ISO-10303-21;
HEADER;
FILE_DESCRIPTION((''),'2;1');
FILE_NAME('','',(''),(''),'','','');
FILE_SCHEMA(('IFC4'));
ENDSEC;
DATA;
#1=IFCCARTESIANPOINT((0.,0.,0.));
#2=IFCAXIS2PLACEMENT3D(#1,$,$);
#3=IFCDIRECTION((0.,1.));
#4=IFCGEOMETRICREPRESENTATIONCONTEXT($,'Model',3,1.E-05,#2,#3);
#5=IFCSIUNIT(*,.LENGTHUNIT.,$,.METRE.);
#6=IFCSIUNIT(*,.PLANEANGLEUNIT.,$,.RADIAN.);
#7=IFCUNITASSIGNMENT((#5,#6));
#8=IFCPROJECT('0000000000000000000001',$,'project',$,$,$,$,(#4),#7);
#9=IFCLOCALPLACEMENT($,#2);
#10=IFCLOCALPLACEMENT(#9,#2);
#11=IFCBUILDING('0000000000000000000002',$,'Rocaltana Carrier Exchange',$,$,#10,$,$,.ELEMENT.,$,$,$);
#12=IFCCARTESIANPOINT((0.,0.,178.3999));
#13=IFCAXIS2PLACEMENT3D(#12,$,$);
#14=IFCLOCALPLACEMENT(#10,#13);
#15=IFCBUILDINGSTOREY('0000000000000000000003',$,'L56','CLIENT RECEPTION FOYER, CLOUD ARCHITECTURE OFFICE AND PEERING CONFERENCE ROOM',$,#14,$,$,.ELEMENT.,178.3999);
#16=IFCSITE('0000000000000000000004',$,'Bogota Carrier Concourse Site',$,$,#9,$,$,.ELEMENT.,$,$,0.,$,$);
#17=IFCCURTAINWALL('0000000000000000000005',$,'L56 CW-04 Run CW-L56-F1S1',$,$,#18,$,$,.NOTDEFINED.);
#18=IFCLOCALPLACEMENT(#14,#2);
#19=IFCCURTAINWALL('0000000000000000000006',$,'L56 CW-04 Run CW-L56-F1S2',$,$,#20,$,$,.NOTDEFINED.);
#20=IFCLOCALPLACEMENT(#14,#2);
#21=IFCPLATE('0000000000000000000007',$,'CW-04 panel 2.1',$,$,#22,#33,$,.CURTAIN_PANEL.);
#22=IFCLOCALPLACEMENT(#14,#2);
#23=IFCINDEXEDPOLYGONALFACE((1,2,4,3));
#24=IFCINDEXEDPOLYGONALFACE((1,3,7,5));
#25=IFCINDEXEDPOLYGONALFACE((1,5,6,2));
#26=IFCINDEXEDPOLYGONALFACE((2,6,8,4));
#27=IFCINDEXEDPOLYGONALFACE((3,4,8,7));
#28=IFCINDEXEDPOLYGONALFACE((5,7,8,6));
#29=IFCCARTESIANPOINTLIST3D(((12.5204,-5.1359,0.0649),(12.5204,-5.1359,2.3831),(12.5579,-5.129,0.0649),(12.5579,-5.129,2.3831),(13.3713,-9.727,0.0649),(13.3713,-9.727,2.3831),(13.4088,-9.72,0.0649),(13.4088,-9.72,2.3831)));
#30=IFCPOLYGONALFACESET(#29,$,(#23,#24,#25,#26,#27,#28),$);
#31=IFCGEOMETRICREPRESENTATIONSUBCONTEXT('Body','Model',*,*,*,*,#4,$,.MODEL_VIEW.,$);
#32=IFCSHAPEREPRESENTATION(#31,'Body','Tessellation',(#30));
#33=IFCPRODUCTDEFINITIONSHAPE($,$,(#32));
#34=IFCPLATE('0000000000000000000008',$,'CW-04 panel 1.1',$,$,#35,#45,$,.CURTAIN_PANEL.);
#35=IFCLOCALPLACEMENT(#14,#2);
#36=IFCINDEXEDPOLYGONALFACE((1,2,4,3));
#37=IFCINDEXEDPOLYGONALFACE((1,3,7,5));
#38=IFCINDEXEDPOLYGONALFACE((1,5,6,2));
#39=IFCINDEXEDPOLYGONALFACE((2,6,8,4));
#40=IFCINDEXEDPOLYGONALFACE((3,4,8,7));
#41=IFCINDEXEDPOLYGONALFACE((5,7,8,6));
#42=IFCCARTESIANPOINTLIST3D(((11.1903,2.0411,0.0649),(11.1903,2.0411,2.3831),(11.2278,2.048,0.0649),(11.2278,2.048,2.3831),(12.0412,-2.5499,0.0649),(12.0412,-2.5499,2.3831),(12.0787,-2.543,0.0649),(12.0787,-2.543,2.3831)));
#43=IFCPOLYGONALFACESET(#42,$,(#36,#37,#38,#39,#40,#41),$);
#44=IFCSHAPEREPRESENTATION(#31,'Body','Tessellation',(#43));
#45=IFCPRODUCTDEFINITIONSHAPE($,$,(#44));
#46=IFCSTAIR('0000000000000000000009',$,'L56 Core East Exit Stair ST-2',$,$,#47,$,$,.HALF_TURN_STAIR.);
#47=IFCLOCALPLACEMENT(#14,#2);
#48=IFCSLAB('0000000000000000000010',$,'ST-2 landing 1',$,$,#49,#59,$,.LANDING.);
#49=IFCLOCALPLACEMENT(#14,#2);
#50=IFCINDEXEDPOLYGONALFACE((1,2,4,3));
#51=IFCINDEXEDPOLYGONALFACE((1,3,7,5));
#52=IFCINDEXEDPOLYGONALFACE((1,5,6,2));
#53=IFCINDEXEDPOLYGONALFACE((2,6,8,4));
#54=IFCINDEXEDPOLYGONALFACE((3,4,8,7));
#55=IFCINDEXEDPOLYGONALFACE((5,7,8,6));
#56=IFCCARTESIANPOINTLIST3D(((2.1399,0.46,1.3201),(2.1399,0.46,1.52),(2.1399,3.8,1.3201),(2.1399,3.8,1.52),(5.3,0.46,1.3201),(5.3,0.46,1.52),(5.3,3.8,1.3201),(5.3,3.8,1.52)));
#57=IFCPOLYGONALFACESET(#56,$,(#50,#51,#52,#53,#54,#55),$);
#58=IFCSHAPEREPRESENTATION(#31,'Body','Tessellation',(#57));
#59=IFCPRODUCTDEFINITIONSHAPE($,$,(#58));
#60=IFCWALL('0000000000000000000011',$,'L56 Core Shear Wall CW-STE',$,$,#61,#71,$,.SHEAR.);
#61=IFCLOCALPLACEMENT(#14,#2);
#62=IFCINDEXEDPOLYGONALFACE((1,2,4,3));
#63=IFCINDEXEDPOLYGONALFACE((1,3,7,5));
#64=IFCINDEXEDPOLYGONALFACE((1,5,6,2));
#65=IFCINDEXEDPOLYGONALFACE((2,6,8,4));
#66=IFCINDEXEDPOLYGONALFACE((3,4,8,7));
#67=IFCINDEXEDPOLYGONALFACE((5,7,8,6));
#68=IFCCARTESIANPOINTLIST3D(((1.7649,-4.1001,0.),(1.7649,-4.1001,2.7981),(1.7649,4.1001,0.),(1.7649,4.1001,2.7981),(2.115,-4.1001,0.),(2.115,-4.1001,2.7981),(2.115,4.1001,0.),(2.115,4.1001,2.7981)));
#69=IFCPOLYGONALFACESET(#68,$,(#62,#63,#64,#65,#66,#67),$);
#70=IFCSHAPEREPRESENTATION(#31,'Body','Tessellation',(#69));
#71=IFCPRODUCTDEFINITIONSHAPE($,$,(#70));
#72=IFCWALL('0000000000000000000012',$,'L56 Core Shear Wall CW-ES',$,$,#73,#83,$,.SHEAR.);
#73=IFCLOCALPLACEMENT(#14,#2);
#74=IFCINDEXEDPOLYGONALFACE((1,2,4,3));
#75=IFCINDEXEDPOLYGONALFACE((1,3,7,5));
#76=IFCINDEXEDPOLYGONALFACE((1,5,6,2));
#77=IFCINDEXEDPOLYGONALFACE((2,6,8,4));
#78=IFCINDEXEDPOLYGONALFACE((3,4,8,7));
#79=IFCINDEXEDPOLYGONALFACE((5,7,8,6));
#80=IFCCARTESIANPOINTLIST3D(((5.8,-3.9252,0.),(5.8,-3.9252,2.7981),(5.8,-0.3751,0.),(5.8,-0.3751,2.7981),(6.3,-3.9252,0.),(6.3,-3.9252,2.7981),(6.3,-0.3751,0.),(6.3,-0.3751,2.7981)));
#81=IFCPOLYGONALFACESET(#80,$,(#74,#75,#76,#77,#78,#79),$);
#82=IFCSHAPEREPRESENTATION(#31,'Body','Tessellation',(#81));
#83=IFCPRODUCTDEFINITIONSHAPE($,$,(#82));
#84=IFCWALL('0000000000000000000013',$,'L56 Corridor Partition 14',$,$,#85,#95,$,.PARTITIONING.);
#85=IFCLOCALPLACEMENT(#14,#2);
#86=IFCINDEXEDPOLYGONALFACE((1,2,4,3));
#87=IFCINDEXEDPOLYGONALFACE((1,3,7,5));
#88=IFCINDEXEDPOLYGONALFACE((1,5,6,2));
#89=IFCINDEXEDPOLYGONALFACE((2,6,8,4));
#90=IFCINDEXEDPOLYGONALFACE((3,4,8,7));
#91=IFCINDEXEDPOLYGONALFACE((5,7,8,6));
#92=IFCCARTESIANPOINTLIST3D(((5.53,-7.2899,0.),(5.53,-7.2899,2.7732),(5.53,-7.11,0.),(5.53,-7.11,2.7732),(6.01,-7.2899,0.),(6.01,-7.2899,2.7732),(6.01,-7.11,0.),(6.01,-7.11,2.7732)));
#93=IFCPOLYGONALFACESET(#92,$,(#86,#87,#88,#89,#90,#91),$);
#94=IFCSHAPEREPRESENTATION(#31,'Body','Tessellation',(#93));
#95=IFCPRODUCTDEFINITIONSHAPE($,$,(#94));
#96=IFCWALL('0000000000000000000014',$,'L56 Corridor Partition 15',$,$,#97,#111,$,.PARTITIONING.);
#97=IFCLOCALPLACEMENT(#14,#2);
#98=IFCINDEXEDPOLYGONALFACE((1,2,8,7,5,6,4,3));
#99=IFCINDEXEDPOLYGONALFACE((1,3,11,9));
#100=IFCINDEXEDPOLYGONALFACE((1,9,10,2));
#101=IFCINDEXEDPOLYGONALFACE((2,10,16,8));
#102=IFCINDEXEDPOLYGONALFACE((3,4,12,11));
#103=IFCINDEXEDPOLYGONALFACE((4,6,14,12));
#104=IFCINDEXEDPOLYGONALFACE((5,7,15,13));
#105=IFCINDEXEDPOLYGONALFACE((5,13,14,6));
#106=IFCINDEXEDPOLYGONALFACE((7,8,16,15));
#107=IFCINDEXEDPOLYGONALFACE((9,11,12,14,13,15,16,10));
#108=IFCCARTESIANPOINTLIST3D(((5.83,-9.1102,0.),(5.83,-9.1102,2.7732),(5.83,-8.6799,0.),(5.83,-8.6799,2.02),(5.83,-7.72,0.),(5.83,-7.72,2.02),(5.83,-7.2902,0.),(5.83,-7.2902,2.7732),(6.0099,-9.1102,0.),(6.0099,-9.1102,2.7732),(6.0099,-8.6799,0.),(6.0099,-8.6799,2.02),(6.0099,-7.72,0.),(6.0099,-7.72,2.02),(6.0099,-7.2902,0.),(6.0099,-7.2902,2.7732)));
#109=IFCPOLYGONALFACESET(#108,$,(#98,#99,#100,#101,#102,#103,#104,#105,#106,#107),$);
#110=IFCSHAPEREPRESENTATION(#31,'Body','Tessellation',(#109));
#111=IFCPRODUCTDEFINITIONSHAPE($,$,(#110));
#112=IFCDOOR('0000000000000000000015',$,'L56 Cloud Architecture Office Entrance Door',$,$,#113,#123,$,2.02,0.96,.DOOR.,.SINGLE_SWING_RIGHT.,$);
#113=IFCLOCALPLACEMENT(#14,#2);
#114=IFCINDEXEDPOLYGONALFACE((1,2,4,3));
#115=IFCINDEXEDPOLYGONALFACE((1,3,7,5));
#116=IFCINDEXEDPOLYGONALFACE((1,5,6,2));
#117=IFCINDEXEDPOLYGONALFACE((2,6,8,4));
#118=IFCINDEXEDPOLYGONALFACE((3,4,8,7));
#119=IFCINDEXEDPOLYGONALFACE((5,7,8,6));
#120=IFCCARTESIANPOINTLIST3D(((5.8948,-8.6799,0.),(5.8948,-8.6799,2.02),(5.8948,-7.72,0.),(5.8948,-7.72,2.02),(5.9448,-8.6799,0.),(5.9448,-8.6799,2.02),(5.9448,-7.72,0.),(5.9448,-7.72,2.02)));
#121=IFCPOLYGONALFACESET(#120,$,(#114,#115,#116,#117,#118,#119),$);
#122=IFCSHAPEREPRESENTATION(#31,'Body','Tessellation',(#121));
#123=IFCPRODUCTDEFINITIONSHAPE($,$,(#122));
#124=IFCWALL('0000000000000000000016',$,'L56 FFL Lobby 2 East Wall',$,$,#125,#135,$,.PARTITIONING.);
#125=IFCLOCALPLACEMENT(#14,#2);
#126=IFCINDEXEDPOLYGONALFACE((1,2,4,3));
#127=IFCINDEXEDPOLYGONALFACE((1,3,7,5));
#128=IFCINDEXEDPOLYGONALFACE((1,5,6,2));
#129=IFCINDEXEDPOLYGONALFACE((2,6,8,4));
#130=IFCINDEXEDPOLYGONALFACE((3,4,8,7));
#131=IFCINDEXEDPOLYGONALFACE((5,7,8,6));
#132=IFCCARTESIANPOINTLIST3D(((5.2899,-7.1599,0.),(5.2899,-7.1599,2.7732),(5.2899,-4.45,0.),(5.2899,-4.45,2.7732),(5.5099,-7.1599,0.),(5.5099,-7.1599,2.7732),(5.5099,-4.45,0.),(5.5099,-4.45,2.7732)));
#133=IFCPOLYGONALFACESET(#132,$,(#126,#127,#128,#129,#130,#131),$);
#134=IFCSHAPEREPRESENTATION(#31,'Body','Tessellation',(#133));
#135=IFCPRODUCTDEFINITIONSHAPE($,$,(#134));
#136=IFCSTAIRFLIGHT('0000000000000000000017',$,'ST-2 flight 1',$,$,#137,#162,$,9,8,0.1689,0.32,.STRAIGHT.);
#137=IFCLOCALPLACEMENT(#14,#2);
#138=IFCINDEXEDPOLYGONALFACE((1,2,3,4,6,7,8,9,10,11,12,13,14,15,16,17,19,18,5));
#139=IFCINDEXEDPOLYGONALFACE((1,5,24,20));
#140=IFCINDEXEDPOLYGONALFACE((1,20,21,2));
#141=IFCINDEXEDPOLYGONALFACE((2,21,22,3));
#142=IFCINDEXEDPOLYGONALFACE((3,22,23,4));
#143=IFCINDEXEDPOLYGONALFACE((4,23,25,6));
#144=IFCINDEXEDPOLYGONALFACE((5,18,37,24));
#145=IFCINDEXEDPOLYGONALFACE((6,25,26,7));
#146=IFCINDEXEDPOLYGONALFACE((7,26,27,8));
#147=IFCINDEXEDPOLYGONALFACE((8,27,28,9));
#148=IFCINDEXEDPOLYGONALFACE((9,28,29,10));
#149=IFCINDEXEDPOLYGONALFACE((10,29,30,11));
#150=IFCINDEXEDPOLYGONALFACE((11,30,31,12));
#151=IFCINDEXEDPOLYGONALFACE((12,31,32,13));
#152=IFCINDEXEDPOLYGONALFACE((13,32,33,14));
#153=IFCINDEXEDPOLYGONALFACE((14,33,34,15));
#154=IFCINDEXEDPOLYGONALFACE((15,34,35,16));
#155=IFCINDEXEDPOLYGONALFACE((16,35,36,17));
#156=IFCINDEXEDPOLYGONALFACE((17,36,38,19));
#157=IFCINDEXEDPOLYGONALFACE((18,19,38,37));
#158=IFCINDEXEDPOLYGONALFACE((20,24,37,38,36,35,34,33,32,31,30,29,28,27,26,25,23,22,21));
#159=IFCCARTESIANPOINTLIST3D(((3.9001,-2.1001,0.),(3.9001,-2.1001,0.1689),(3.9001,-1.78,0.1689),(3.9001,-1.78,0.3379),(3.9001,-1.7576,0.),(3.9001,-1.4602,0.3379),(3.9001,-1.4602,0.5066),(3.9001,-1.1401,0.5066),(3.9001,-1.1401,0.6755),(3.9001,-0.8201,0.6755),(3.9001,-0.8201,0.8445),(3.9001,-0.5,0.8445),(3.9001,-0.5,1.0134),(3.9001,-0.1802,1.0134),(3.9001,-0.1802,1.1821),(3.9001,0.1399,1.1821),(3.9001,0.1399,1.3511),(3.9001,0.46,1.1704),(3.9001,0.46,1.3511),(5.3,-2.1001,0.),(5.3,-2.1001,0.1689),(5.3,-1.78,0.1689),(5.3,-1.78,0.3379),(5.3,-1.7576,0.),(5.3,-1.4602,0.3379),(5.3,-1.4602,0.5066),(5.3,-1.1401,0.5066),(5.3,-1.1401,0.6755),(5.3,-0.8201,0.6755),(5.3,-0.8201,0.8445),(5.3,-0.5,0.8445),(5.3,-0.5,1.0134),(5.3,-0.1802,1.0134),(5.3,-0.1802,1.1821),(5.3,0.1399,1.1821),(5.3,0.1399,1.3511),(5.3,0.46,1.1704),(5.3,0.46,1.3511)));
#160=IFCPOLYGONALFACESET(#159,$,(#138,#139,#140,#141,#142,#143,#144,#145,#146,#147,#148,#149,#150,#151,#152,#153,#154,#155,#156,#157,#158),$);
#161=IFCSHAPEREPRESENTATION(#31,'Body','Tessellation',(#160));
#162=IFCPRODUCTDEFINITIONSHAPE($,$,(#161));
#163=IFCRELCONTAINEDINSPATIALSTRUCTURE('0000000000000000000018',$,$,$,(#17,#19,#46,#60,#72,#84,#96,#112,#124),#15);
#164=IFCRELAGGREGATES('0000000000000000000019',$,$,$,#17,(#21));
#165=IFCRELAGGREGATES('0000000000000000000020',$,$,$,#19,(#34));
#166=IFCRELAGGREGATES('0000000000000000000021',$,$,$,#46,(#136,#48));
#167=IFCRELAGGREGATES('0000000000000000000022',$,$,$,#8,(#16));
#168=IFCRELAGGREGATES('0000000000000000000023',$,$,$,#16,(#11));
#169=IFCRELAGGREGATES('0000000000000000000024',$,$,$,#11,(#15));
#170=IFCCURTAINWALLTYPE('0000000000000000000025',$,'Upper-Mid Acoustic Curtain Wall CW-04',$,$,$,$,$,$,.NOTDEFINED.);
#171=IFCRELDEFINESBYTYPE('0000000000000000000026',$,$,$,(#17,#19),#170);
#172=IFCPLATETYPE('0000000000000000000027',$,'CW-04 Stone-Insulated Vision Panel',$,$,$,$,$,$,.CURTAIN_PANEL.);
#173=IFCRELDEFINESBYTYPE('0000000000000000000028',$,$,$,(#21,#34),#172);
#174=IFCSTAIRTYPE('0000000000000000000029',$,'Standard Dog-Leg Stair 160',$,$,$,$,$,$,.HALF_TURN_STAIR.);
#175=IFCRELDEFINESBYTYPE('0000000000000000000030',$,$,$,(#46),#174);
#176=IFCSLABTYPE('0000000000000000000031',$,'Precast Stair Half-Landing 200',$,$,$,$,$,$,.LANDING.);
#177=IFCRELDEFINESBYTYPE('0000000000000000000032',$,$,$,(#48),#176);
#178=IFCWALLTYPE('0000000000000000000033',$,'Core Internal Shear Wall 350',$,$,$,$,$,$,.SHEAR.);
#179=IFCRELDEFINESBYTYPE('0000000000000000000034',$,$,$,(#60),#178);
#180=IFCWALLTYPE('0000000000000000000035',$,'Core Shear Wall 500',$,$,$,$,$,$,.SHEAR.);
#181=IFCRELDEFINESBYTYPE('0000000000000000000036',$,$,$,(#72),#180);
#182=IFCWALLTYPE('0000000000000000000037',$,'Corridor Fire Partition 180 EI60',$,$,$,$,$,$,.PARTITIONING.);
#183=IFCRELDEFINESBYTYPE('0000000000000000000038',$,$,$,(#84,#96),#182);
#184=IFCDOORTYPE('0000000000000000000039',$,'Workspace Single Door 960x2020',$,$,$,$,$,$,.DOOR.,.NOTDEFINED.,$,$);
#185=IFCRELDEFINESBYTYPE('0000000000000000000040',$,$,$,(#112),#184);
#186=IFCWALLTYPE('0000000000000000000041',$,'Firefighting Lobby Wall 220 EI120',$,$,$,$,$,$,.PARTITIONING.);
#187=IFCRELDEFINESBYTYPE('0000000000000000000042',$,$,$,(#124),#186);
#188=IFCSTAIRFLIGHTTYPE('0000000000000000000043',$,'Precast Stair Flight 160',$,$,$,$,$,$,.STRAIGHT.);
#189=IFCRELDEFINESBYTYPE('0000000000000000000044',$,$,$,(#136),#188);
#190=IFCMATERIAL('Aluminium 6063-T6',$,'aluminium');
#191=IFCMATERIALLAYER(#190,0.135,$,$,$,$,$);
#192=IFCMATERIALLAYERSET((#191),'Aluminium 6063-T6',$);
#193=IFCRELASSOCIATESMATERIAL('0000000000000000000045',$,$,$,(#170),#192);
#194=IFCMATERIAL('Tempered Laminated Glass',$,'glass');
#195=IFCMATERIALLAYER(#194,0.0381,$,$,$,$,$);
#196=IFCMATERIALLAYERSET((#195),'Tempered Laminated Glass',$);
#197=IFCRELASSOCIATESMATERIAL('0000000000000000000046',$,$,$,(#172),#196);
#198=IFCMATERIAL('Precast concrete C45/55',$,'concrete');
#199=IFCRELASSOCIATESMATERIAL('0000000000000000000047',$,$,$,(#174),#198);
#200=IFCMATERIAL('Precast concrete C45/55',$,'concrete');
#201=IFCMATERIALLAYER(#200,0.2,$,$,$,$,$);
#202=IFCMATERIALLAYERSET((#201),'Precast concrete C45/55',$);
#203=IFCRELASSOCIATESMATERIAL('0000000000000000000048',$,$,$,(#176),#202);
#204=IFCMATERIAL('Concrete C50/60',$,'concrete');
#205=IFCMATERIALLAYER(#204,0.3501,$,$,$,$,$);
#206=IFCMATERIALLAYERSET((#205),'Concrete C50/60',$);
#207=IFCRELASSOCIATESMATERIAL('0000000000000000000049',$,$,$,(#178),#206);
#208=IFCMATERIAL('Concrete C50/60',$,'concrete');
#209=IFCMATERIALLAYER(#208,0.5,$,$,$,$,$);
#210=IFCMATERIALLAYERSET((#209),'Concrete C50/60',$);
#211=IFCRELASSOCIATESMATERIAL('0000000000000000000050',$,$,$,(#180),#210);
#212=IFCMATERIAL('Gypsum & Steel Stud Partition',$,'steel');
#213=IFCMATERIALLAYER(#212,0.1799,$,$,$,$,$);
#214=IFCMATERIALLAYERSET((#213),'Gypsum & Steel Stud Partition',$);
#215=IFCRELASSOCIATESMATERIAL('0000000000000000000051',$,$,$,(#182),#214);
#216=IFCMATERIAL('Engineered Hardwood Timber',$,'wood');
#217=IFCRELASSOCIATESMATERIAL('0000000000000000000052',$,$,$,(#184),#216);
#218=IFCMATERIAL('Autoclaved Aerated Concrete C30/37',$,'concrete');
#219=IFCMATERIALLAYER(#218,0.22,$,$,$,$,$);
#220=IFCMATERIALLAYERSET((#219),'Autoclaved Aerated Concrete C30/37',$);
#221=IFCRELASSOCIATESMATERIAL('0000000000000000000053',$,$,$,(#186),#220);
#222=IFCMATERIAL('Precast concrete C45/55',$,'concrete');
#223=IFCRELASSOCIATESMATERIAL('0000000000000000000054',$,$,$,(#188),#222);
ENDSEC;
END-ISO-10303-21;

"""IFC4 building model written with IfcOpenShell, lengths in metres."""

from ifc_helpers import new_model, si_unit, direction, frame, frame_2d, origin, origin_2d, place, context, subcontext, project, spatial, polyline, rectangle, outline, extrude, material, layer, layer_set, type_object, element, fill, aggregate, save


model = new_model("IFC4")

# Units and contexts
model_context = context("Model", 3, precision=1e-05, world=origin(), true_north=direction((0.0, 1.0)))
body_context = subcontext(model_context, "Body", "Model", "MODEL_VIEW")
ifc_project = project(units=[si_unit("LENGTHUNIT", "METRE"), si_unit("PLANEANGLEUNIT", "RADIAN")], contexts=[model_context])

# Site, building, storey
site_placement = place(None, origin())
site = spatial("IfcSite", under=ifc_project, at=site_placement, Name="Bogota Carrier Concourse Site", CompositionType="ELEMENT", RefElevation=0.0)
building_placement = place(site_placement, origin())
building = spatial("IfcBuilding", under=site, at=building_placement, Name="Rocaltana Carrier Exchange", CompositionType="ELEMENT")
storey_placement = place(building_placement, frame((0.0, 0.0, 178.3999)))
storey = spatial("IfcBuildingStorey", under=building, at=storey_placement, Name="L56", Description="CLIENT RECEPTION FOYER, CLOUD ARCHITECTURE OFFICE AND PEERING CONFERENCE ROOM", CompositionType="ELEMENT", Elevation=178.3999)

# Curtain wall
ifc_material_1 = material(Name="Aluminium 6063-T6", Category="aluminium")
ifc_layer_1 = layer(ifc_material_1, 0.135)
ifc_layer_set_1 = layer_set([ifc_layer_1], Name="Aluminium 6063-T6")
curtain_wall_type = type_object("IfcCurtainWallType", Name="Upper-Mid Acoustic Curtain Wall CW-04", PredefinedType="NOTDEFINED", material=ifc_layer_set_1)
curtain_wall_1_placement = place(storey_placement, origin())
curtain_wall_1 = element("IfcCurtainWall", 1, at=curtain_wall_1_placement, inside=storey, type_object=curtain_wall_type, Name="L56 CW-04 Run CW-L56-F1S1", PredefinedType="NOTDEFINED")

# Curtain wall
curtain_wall_2_placement = place(storey_placement, origin())
curtain_wall_2 = element("IfcCurtainWall", 2, at=curtain_wall_2_placement, inside=storey, type_object=curtain_wall_type, Name="L56 CW-04 Run CW-L56-F1S2", PredefinedType="NOTDEFINED")

# Plates
ifc_material_2 = material(Name="Tempered Laminated Glass", Category="glass")
ifc_layer_2 = layer(ifc_material_2, 0.0381)
ifc_layer_set_2 = layer_set([ifc_layer_2], Name="Tempered Laminated Glass")
plate_type = type_object("IfcPlateType", Name="CW-04 Stone-Insulated Vision Panel", PredefinedType="CURTAIN_PANEL", material=ifc_layer_set_2)
plate_1_placement = place(storey_placement, frame((12.9646, -7.428, 0.0649), z_axis=(0.0, 0.0, 1.0), x_axis=(-0.182234, 0.983255, 0.0)))
plate_1 = element("IfcPlate", 3, at=plate_1_placement, type_object=plate_type, Name="CW-04 panel 2.1", PredefinedType="CURTAIN_PANEL", context=body_context, shape_type="SweptSolid", body=[
    extrude(rectangle(XDim=4.6692, YDim=0.0381, at=origin_2d()), origin(), (0.0, 0.0, 1.0), 2.3181),
])
aggregate(curtain_wall_1, [plate_1])
plate_2_placement = place(storey_placement, frame((11.6345, -0.251, 0.0649), z_axis=(0.0, 0.0, 1.0), x_axis=(-0.182236, 0.983255, 0.0)))
plate_2 = element("IfcPlate", 4, at=plate_2_placement, type_object=plate_type, Name="CW-04 panel 1.1", PredefinedType="CURTAIN_PANEL", context=body_context, shape_type="SweptSolid", body=[
    extrude(rectangle(XDim=4.6692, YDim=0.0381, at=origin_2d()), origin(), (0.0, 0.0, 1.0), 2.3181),
])
aggregate(curtain_wall_2, [plate_2])

# Stair, slab
ifc_material_3 = material(Name="Precast concrete C45/55", Category="concrete")
stair_type = type_object("IfcStairType", Name="Standard Dog-Leg Stair 160", PredefinedType="HALF_TURN_STAIR", material=ifc_material_3)
stair_placement = place(storey_placement, origin())
stair = element("IfcStair", 5, at=stair_placement, inside=storey, type_object=stair_type, Name="L56 Core East Exit Stair ST-2", PredefinedType="HALF_TURN_STAIR")
ifc_material_4 = material(Name="Precast concrete C45/55", Category="concrete")
ifc_layer_3 = layer(ifc_material_4, 0.2)
ifc_layer_set_3 = layer_set([ifc_layer_3], Name="Precast concrete C45/55")
slab_type = type_object("IfcSlabType", Name="Precast Stair Half-Landing 200", PredefinedType="LANDING", material=ifc_layer_set_3)
slab_placement = place(storey_placement, frame((0.0, 0.0, 1.3201)))
slab = element("IfcSlab", 6, at=slab_placement, type_object=slab_type, Name="ST-2 landing 1", PredefinedType="LANDING", context=body_context, shape_type="SweptSolid", body=[
    extrude(outline(polyline([(5.3, 0.46), (5.3, 3.8), (2.1399, 3.8), (2.1399, 0.46), (5.3, 0.46)])), origin(), (0.0, 0.0, 1.0), 0.2),
])

# Walls
ifc_material_5 = material(Name="Concrete C50/60", Category="concrete")
ifc_layer_4 = layer(ifc_material_5, 0.3501)
ifc_layer_set_4 = layer_set([ifc_layer_4], Name="Concrete C50/60")
wall_type_1 = type_object("IfcWallType", Name="Core Internal Shear Wall 350", PredefinedType="SHEAR", material=ifc_layer_set_4)
wall_1_placement = place(storey_placement, frame((1.9399, -4.1001, 0.0), z_axis=(0.0, 0.0, 1.0), x_axis=(0.0, 1.0, 0.0)))
element("IfcWall", 7, at=wall_1_placement, inside=storey, type_object=wall_type_1, Name="L56 Core Shear Wall CW-STE", PredefinedType="SHEAR", context=body_context, shape_type="SweptSolid", body=[
    extrude(rectangle(XDim=8.2002, YDim=0.3501, at=frame_2d((4.1001, 0.0))), origin(), (0.0, 0.0, 1.0), 2.7981),
])
ifc_material_6 = material(Name="Concrete C50/60", Category="concrete")
ifc_layer_5 = layer(ifc_material_6, 0.5)
ifc_layer_set_5 = layer_set([ifc_layer_5], Name="Concrete C50/60")
wall_type_2 = type_object("IfcWallType", Name="Core Shear Wall 500", PredefinedType="SHEAR", material=ifc_layer_set_5)
wall_2_placement = place(storey_placement, frame((6.05, -3.925, 0.0), z_axis=(0.0, 0.0, 1.0), x_axis=(0.0, 1.0, 0.0)))
element("IfcWall", 8, at=wall_2_placement, inside=storey, type_object=wall_type_2, Name="L56 Core Shear Wall CW-ES", PredefinedType="SHEAR", context=body_context, shape_type="SweptSolid", body=[
    extrude(rectangle(XDim=3.55, YDim=0.5, at=frame_2d((1.7749, 0.0))), origin(), (0.0, 0.0, 1.0), 2.7981),
])
ifc_material_7 = material(Name="Gypsum & Steel Stud Partition", Category="steel")
ifc_layer_6 = layer(ifc_material_7, 0.1799)
ifc_layer_set_6 = layer_set([ifc_layer_6], Name="Gypsum & Steel Stud Partition")
wall_type_3 = type_object("IfcWallType", Name="Corridor Fire Partition 180 EI60", PredefinedType="PARTITIONING", material=ifc_layer_set_6)
wall_3_placement = place(storey_placement, frame((5.53, -7.2, 0.0), z_axis=(0.0, 0.0, 1.0), x_axis=(1.0, 0.0, 0.0)))
element("IfcWall", 9, at=wall_3_placement, inside=storey, type_object=wall_type_3, Name="L56 Corridor Partition 14", PredefinedType="PARTITIONING", context=body_context, shape_type="SweptSolid", body=[
    extrude(rectangle(XDim=0.48, YDim=0.1799, at=frame_2d((0.24, 0.0))), origin(), (0.0, 0.0, 1.0), 2.7732),
])

# Wall, opening, door
wall_4_placement = place(storey_placement, frame((5.9199, -7.29, 0.0), z_axis=(0.0, 0.0, 1.0), x_axis=(0.0, -1.0, 0.0)))
wall_4 = element("IfcWall", 10, at=wall_4_placement, inside=storey, type_object=wall_type_3, Name="L56 Corridor Partition 15", PredefinedType="PARTITIONING", context=body_context, shape_type="SweptSolid", body=[
    extrude(rectangle(XDim=1.8201, YDim=0.1799, at=frame_2d((0.9102, 0.0))), origin(), (0.0, 0.0, 1.0), 2.7732),
])
opening_placement = place(wall_4_placement, frame((0.4299, 0.0, 0.0)))
opening = element("IfcOpeningElement", 11, at=opening_placement, cuts=wall_4, PredefinedType="OPENING", context=body_context, shape_type="SweptSolid", body=[
    extrude(rectangle(XDim=0.96, YDim=2.02, at=frame_2d((0.48, 1.01))), frame((0.0, 0.0999, 0.0), z_axis=(0.0, -1.0, 0.0), x_axis=(1.0, 0.0, 0.0)), (0.0, 0.0, 1.0), 0.2),
])
ifc_material_8 = material(Name="Engineered Hardwood Timber", Category="wood")
door_type = type_object("IfcDoorType", Name="Workspace Single Door 960x2020", OperationType="NOTDEFINED", PredefinedType="DOOR", material=ifc_material_8)
door_placement = place(opening_placement, origin())
door = element("IfcDoor", 12, at=door_placement, inside=storey, type_object=door_type, Name="L56 Cloud Architecture Office Entrance Door", OperationType="SINGLE_SWING_RIGHT", OverallHeight=2.02, OverallWidth=0.96, PredefinedType="DOOR", context=body_context, shape_type="SweptSolid", body=[
    extrude(rectangle(XDim=0.96, YDim=2.02, at=frame_2d((0.48, 1.01))), frame((0.0, 0.0249, 0.0), z_axis=(0.0, -1.0, 0.0), x_axis=(1.0, 0.0, 0.0)), (0.0, 0.0, 1.0), 0.05),
])
fill(opening, door)

# Wall
ifc_material_9 = material(Name="Autoclaved Aerated Concrete C30/37", Category="concrete")
ifc_layer_7 = layer(ifc_material_9, 0.22)
ifc_layer_set_7 = layer_set([ifc_layer_7], Name="Autoclaved Aerated Concrete C30/37")
wall_type_4 = type_object("IfcWallType", Name="Firefighting Lobby Wall 220 EI120", PredefinedType="PARTITIONING", material=ifc_layer_set_7)
wall_5_placement = place(storey_placement, frame((5.3999, -7.1599, 0.0), z_axis=(0.0, 0.0, 1.0), x_axis=(0.0, 1.0, 0.0)))
element("IfcWall", 13, at=wall_5_placement, inside=storey, type_object=wall_type_4, Name="L56 FFL Lobby 2 East Wall", PredefinedType="PARTITIONING", context=body_context, shape_type="SweptSolid", body=[
    extrude(rectangle(XDim=2.71, YDim=0.22, at=frame_2d((1.355, 0.0))), origin(), (0.0, 0.0, 1.0), 2.7732),
])

# Stair flight
ifc_material_10 = material(Name="Precast concrete C45/55", Category="concrete")
stair_flight_type = type_object("IfcStairFlightType", Name="Precast Stair Flight 160", PredefinedType="STRAIGHT", material=ifc_material_10)
stair_flight_placement = place(storey_placement, frame((4.6001, -2.1001, 0.0), z_axis=(0.0, 0.0, 1.0), x_axis=(0.0, 1.0, 0.0)))
stair_flight = element("IfcStairFlight", 14, at=stair_flight_placement, type_object=stair_flight_type, Name="ST-2 flight 1", NumberOfRisers=9, NumberOfTreads=8, PredefinedType="STRAIGHT", RiserHeight=0.1689, TreadLength=0.32, context=body_context, shape_type="SweptSolid", body=[
    extrude(outline(polyline([(0.0, 0.0), (0.0, 0.1689), (0.3201, 0.1689), (0.3201, 0.3379), (0.6399, 0.3379), (0.6399, 0.5066), (0.96, 0.5066), (0.96, 0.6755), (1.28, 0.6755), (1.28, 0.8445), (1.6001, 0.8445), (1.6001, 1.0134), (1.9199, 1.0134), (1.9199, 1.1821), (2.24, 1.1821), (2.24, 1.3511), (2.5601, 1.3511), (2.5601, 1.52), (2.5601, 1.1704), (0.3425, 0.0), (0.0, 0.0)])), frame((0.0, 0.7, 0.0), z_axis=(0.0, -1.0, 0.0), x_axis=(1.0, 0.0, 0.0)), (0.0, 0.0, 1.0), 1.3999),
])
aggregate(stair, [stair_flight, slab])

save(model, "model.ifc")
